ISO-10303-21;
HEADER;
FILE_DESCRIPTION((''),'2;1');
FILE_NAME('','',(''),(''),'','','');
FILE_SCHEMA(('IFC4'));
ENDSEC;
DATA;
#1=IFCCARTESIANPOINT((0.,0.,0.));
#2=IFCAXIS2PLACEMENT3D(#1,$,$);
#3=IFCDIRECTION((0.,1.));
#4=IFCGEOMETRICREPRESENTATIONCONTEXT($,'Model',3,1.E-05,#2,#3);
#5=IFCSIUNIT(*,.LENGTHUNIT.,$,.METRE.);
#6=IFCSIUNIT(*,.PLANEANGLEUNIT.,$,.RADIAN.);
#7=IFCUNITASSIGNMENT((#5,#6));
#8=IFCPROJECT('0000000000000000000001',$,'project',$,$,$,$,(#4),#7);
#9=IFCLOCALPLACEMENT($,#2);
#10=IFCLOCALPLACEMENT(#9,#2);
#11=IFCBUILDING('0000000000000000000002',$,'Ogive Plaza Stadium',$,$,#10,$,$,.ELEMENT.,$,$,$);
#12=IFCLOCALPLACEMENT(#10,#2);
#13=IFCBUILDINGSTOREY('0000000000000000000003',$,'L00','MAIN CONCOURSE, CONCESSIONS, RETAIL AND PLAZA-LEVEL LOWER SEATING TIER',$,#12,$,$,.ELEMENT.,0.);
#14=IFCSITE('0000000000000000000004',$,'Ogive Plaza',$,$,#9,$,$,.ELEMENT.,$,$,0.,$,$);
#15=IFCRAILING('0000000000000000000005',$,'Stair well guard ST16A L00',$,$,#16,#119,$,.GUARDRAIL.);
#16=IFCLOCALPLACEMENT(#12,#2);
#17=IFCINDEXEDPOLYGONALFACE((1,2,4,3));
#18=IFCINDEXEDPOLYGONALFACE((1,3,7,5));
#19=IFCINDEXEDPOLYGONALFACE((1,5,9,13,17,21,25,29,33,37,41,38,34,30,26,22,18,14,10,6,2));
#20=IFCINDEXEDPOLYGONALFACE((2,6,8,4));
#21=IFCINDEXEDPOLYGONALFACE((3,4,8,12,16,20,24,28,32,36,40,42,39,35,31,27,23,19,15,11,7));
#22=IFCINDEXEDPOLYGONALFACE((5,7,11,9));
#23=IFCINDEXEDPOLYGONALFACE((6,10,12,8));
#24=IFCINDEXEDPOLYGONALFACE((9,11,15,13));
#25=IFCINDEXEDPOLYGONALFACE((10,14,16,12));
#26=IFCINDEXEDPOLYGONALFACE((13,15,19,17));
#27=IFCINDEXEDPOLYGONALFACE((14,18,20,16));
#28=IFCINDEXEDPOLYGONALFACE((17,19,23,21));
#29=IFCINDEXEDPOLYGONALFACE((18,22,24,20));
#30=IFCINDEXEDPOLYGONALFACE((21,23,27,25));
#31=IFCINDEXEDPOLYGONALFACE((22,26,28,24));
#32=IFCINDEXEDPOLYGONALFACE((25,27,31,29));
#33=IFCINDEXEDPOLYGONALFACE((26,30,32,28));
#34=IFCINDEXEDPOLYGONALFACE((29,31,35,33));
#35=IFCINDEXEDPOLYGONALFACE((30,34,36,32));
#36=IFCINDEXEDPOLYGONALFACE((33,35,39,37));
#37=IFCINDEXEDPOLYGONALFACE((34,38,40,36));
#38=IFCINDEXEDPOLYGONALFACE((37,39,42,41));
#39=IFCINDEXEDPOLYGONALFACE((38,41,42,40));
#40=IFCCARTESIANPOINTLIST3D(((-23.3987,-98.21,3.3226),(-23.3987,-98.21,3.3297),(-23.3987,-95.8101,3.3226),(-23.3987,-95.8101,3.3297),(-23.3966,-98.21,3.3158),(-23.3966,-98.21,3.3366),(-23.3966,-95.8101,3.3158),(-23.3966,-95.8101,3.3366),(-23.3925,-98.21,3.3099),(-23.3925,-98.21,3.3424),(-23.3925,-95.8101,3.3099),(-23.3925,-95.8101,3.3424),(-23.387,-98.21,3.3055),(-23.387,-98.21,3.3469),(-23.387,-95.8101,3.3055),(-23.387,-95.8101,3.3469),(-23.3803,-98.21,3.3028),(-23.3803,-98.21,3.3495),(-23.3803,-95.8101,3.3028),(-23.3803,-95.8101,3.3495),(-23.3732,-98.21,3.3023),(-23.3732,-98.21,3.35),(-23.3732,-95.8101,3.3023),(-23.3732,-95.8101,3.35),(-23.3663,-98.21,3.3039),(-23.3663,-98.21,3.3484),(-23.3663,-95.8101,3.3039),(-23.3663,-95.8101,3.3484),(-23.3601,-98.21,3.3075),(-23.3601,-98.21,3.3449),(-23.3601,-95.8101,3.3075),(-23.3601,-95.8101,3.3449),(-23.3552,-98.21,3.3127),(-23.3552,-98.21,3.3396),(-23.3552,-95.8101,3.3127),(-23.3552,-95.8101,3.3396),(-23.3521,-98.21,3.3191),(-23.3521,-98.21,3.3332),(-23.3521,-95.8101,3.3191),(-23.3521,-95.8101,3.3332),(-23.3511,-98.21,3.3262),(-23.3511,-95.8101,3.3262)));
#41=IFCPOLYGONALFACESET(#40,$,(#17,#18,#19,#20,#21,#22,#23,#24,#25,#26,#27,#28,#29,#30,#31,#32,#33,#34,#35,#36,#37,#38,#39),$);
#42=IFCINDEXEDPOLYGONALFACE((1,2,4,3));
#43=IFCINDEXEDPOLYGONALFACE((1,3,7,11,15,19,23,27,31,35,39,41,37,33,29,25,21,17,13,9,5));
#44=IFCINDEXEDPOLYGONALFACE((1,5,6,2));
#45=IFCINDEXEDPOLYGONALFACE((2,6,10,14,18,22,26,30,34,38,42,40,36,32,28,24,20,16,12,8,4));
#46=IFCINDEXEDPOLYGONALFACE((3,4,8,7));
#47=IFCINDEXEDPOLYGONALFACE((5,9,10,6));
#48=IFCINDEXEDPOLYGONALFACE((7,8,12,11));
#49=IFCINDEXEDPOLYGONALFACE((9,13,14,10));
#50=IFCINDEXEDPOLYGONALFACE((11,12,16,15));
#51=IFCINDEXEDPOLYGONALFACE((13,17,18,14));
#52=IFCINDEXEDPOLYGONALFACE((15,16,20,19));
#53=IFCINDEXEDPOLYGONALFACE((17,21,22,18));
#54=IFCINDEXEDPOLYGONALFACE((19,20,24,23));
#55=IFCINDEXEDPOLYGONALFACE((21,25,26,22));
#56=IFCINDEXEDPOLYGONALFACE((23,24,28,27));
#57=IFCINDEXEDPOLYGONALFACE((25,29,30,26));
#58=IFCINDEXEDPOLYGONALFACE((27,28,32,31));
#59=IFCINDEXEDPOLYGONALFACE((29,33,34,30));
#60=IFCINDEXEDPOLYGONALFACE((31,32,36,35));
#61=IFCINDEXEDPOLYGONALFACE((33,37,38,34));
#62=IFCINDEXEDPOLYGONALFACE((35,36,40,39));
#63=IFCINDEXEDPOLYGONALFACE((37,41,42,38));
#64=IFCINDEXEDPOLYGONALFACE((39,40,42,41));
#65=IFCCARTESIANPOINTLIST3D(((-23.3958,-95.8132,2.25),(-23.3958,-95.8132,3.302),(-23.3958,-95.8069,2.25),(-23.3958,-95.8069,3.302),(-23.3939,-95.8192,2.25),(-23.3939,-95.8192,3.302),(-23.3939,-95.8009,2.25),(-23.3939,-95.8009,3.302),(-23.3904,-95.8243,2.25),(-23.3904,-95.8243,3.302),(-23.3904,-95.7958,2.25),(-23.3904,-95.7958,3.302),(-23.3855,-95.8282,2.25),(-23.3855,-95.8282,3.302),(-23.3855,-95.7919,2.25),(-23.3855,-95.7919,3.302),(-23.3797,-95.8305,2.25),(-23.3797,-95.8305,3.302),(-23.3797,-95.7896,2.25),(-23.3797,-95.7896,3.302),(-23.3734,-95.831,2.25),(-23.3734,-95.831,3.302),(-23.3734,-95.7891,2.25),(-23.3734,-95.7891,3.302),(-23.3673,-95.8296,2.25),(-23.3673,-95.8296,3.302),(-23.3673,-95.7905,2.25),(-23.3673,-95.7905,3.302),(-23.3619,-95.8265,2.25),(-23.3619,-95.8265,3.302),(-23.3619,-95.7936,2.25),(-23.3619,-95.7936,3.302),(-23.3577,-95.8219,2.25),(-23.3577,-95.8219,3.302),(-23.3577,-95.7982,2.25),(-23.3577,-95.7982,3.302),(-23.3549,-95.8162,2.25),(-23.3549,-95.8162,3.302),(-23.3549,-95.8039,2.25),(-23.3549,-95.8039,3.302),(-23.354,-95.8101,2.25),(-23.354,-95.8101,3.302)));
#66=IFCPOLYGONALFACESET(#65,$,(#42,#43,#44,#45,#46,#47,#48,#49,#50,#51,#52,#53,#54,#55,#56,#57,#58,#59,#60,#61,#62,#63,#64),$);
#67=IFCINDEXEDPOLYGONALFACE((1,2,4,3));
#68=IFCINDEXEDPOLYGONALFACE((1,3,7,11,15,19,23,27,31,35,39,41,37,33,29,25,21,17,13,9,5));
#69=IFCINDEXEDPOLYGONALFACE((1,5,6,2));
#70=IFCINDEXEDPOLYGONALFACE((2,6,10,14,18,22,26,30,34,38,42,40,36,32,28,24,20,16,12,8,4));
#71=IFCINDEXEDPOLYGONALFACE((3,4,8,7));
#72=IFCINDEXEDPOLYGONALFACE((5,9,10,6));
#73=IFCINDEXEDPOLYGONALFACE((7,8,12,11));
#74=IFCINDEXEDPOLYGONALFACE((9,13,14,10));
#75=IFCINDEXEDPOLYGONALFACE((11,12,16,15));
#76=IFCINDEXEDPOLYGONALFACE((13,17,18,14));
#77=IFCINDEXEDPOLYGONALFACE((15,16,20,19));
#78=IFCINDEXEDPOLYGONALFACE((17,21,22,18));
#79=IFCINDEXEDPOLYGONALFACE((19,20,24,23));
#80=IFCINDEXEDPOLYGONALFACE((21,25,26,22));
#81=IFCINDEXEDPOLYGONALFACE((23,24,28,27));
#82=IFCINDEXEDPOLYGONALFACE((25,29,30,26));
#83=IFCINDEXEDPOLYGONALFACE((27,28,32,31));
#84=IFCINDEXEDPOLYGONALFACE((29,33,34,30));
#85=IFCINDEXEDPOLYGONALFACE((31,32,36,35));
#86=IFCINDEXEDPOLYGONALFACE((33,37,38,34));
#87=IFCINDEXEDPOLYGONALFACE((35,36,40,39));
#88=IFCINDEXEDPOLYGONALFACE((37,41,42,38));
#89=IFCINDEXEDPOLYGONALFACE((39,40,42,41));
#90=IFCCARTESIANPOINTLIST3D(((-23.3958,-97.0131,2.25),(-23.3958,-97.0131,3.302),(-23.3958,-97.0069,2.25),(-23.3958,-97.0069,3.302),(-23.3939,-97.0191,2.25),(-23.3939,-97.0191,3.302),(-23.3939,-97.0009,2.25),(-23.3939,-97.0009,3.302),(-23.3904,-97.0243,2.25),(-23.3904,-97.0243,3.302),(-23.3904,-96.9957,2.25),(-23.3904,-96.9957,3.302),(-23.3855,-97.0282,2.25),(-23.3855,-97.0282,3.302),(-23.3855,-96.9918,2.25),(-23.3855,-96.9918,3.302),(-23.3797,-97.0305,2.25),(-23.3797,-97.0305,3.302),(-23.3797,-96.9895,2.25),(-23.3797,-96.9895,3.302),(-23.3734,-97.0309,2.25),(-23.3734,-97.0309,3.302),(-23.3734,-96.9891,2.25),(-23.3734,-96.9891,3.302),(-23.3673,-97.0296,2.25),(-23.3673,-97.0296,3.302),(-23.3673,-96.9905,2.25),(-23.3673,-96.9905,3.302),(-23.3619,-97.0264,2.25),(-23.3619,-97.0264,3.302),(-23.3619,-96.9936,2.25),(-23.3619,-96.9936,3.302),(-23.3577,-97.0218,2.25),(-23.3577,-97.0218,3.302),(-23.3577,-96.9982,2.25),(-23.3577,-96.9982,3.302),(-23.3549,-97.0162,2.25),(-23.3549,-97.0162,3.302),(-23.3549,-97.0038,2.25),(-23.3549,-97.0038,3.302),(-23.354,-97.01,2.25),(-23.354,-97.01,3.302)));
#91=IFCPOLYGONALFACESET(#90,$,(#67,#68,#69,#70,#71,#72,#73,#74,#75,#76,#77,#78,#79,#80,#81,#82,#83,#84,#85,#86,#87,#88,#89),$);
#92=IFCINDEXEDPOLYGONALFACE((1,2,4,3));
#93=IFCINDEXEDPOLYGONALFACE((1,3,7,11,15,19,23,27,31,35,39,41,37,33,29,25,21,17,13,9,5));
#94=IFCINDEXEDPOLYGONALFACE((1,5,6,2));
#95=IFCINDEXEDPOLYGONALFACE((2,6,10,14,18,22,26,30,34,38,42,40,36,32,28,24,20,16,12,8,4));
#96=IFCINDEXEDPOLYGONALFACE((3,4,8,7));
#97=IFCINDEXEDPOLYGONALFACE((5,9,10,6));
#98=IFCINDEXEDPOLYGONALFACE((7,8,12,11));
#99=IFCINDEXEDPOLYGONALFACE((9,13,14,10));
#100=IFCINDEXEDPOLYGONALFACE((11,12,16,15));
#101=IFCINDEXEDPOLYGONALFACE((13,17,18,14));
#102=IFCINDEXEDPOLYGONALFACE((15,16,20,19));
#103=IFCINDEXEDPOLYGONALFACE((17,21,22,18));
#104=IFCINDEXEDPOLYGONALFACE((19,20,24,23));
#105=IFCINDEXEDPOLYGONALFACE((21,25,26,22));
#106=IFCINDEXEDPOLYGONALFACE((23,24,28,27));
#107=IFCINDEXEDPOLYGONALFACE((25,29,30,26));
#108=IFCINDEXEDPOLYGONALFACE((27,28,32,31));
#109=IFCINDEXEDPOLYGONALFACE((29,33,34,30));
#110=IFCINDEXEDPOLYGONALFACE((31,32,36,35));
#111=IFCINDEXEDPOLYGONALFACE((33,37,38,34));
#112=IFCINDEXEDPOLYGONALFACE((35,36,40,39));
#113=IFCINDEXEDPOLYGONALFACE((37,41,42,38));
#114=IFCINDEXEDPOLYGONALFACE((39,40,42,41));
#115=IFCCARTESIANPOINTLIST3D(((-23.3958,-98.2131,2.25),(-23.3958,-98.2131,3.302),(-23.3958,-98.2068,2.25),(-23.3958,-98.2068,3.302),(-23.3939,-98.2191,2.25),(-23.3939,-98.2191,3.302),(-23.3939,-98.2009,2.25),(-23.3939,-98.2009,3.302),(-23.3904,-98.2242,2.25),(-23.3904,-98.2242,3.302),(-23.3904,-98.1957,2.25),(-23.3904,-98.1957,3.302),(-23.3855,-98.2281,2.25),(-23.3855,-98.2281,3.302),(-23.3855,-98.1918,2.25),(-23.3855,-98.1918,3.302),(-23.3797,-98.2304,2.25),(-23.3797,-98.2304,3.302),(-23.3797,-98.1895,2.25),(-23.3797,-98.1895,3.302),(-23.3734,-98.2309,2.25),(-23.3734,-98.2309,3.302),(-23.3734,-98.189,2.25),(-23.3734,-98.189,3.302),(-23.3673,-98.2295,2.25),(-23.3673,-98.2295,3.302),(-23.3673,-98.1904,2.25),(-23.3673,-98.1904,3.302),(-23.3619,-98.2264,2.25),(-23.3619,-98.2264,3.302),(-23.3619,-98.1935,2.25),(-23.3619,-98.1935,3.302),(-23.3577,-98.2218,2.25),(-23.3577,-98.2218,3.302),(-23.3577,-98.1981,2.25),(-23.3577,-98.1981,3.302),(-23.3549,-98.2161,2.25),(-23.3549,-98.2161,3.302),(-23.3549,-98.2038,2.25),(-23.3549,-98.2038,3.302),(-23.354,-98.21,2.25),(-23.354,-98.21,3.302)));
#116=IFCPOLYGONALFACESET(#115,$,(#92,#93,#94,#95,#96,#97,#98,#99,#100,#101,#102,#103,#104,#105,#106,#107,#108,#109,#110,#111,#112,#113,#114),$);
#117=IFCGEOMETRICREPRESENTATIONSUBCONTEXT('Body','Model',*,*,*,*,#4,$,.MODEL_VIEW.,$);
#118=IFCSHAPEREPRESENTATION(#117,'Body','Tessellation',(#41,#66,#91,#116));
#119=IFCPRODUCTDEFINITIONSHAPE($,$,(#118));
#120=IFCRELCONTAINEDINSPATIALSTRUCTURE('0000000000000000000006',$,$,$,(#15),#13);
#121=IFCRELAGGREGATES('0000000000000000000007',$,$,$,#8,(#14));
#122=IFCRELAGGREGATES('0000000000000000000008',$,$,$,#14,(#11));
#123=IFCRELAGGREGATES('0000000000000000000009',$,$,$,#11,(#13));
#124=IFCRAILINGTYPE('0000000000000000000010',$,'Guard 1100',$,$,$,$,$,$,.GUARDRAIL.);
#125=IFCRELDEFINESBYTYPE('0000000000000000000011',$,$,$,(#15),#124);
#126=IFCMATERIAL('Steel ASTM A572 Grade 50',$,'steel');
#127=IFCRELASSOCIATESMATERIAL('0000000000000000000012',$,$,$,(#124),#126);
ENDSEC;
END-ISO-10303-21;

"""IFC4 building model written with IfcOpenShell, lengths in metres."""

from ifc_helpers import new_model, si_unit, direction, frame, origin, origin_2d, place, context, subcontext, project, spatial, circle, extrude, material, type_object, element, save


model = new_model("IFC4")

# Units and contexts
model_context = context("Model", 3, precision=1e-05, world=origin(), true_north=direction((0.0, 1.0)))
body_context = subcontext(model_context, "Body", "Model", "MODEL_VIEW")
ifc_project = project(units=[si_unit("LENGTHUNIT", "METRE"), si_unit("PLANEANGLEUNIT", "RADIAN")], contexts=[model_context])

# Site, building, storey
site_placement = place(None, origin())
site = spatial("IfcSite", under=ifc_project, at=site_placement, Name="Ogive Plaza", CompositionType="ELEMENT", RefElevation=0.0)
building_placement = place(site_placement, origin())
building = spatial("IfcBuilding", under=site, at=building_placement, Name="Ogive Plaza Stadium", CompositionType="ELEMENT")
storey_placement = place(building_placement, origin())
storey = spatial("IfcBuildingStorey", under=building, at=storey_placement, Name="L00", Description="MAIN CONCOURSE, CONCESSIONS, RETAIL AND PLAZA-LEVEL LOWER SEATING TIER", CompositionType="ELEMENT", Elevation=0.0)

# Railing
ifc_material_1 = material(Name="Steel ASTM A572 Grade 50", Category="steel")
railing_type_1 = type_object("IfcRailingType", Name="Guard 1100", PredefinedType="GUARDRAIL", material=ifc_material_1)
for number, where, name in (
    (1, (-23.375, -95.8101, 2.25), "Stair well guard ST16A L00"),
):
    element("IfcRailing", number, at=place(storey_placement, frame(where)), inside=storey, type_object=railing_type_1, Name=name, PredefinedType="GUARDRAIL", context=body_context, shape_type="SweptSolid", body=[
        extrude(circle(Radius=0.0239, at=origin_2d()), frame((0.0, 0.0, 1.0762), z_axis=(0.0, -1.0, 0.0), x_axis=(1.0, 0.0, 0.0)), (0.0, 0.0, 1.0), 2.3999),
        extrude(circle(Radius=0.021, at=origin_2d()), origin(), (0.0, 0.0, 1.0), 1.052),
        extrude(circle(Radius=0.021, at=origin_2d()), frame((0.0, -1.2, 0.0)), (0.0, 0.0, 1.0), 1.052),
        extrude(circle(Radius=0.021, at=origin_2d()), frame((0.0, -2.3999, 0.0)), (0.0, 0.0, 1.0), 1.052),
    ])

save(model, "model.ifc")
